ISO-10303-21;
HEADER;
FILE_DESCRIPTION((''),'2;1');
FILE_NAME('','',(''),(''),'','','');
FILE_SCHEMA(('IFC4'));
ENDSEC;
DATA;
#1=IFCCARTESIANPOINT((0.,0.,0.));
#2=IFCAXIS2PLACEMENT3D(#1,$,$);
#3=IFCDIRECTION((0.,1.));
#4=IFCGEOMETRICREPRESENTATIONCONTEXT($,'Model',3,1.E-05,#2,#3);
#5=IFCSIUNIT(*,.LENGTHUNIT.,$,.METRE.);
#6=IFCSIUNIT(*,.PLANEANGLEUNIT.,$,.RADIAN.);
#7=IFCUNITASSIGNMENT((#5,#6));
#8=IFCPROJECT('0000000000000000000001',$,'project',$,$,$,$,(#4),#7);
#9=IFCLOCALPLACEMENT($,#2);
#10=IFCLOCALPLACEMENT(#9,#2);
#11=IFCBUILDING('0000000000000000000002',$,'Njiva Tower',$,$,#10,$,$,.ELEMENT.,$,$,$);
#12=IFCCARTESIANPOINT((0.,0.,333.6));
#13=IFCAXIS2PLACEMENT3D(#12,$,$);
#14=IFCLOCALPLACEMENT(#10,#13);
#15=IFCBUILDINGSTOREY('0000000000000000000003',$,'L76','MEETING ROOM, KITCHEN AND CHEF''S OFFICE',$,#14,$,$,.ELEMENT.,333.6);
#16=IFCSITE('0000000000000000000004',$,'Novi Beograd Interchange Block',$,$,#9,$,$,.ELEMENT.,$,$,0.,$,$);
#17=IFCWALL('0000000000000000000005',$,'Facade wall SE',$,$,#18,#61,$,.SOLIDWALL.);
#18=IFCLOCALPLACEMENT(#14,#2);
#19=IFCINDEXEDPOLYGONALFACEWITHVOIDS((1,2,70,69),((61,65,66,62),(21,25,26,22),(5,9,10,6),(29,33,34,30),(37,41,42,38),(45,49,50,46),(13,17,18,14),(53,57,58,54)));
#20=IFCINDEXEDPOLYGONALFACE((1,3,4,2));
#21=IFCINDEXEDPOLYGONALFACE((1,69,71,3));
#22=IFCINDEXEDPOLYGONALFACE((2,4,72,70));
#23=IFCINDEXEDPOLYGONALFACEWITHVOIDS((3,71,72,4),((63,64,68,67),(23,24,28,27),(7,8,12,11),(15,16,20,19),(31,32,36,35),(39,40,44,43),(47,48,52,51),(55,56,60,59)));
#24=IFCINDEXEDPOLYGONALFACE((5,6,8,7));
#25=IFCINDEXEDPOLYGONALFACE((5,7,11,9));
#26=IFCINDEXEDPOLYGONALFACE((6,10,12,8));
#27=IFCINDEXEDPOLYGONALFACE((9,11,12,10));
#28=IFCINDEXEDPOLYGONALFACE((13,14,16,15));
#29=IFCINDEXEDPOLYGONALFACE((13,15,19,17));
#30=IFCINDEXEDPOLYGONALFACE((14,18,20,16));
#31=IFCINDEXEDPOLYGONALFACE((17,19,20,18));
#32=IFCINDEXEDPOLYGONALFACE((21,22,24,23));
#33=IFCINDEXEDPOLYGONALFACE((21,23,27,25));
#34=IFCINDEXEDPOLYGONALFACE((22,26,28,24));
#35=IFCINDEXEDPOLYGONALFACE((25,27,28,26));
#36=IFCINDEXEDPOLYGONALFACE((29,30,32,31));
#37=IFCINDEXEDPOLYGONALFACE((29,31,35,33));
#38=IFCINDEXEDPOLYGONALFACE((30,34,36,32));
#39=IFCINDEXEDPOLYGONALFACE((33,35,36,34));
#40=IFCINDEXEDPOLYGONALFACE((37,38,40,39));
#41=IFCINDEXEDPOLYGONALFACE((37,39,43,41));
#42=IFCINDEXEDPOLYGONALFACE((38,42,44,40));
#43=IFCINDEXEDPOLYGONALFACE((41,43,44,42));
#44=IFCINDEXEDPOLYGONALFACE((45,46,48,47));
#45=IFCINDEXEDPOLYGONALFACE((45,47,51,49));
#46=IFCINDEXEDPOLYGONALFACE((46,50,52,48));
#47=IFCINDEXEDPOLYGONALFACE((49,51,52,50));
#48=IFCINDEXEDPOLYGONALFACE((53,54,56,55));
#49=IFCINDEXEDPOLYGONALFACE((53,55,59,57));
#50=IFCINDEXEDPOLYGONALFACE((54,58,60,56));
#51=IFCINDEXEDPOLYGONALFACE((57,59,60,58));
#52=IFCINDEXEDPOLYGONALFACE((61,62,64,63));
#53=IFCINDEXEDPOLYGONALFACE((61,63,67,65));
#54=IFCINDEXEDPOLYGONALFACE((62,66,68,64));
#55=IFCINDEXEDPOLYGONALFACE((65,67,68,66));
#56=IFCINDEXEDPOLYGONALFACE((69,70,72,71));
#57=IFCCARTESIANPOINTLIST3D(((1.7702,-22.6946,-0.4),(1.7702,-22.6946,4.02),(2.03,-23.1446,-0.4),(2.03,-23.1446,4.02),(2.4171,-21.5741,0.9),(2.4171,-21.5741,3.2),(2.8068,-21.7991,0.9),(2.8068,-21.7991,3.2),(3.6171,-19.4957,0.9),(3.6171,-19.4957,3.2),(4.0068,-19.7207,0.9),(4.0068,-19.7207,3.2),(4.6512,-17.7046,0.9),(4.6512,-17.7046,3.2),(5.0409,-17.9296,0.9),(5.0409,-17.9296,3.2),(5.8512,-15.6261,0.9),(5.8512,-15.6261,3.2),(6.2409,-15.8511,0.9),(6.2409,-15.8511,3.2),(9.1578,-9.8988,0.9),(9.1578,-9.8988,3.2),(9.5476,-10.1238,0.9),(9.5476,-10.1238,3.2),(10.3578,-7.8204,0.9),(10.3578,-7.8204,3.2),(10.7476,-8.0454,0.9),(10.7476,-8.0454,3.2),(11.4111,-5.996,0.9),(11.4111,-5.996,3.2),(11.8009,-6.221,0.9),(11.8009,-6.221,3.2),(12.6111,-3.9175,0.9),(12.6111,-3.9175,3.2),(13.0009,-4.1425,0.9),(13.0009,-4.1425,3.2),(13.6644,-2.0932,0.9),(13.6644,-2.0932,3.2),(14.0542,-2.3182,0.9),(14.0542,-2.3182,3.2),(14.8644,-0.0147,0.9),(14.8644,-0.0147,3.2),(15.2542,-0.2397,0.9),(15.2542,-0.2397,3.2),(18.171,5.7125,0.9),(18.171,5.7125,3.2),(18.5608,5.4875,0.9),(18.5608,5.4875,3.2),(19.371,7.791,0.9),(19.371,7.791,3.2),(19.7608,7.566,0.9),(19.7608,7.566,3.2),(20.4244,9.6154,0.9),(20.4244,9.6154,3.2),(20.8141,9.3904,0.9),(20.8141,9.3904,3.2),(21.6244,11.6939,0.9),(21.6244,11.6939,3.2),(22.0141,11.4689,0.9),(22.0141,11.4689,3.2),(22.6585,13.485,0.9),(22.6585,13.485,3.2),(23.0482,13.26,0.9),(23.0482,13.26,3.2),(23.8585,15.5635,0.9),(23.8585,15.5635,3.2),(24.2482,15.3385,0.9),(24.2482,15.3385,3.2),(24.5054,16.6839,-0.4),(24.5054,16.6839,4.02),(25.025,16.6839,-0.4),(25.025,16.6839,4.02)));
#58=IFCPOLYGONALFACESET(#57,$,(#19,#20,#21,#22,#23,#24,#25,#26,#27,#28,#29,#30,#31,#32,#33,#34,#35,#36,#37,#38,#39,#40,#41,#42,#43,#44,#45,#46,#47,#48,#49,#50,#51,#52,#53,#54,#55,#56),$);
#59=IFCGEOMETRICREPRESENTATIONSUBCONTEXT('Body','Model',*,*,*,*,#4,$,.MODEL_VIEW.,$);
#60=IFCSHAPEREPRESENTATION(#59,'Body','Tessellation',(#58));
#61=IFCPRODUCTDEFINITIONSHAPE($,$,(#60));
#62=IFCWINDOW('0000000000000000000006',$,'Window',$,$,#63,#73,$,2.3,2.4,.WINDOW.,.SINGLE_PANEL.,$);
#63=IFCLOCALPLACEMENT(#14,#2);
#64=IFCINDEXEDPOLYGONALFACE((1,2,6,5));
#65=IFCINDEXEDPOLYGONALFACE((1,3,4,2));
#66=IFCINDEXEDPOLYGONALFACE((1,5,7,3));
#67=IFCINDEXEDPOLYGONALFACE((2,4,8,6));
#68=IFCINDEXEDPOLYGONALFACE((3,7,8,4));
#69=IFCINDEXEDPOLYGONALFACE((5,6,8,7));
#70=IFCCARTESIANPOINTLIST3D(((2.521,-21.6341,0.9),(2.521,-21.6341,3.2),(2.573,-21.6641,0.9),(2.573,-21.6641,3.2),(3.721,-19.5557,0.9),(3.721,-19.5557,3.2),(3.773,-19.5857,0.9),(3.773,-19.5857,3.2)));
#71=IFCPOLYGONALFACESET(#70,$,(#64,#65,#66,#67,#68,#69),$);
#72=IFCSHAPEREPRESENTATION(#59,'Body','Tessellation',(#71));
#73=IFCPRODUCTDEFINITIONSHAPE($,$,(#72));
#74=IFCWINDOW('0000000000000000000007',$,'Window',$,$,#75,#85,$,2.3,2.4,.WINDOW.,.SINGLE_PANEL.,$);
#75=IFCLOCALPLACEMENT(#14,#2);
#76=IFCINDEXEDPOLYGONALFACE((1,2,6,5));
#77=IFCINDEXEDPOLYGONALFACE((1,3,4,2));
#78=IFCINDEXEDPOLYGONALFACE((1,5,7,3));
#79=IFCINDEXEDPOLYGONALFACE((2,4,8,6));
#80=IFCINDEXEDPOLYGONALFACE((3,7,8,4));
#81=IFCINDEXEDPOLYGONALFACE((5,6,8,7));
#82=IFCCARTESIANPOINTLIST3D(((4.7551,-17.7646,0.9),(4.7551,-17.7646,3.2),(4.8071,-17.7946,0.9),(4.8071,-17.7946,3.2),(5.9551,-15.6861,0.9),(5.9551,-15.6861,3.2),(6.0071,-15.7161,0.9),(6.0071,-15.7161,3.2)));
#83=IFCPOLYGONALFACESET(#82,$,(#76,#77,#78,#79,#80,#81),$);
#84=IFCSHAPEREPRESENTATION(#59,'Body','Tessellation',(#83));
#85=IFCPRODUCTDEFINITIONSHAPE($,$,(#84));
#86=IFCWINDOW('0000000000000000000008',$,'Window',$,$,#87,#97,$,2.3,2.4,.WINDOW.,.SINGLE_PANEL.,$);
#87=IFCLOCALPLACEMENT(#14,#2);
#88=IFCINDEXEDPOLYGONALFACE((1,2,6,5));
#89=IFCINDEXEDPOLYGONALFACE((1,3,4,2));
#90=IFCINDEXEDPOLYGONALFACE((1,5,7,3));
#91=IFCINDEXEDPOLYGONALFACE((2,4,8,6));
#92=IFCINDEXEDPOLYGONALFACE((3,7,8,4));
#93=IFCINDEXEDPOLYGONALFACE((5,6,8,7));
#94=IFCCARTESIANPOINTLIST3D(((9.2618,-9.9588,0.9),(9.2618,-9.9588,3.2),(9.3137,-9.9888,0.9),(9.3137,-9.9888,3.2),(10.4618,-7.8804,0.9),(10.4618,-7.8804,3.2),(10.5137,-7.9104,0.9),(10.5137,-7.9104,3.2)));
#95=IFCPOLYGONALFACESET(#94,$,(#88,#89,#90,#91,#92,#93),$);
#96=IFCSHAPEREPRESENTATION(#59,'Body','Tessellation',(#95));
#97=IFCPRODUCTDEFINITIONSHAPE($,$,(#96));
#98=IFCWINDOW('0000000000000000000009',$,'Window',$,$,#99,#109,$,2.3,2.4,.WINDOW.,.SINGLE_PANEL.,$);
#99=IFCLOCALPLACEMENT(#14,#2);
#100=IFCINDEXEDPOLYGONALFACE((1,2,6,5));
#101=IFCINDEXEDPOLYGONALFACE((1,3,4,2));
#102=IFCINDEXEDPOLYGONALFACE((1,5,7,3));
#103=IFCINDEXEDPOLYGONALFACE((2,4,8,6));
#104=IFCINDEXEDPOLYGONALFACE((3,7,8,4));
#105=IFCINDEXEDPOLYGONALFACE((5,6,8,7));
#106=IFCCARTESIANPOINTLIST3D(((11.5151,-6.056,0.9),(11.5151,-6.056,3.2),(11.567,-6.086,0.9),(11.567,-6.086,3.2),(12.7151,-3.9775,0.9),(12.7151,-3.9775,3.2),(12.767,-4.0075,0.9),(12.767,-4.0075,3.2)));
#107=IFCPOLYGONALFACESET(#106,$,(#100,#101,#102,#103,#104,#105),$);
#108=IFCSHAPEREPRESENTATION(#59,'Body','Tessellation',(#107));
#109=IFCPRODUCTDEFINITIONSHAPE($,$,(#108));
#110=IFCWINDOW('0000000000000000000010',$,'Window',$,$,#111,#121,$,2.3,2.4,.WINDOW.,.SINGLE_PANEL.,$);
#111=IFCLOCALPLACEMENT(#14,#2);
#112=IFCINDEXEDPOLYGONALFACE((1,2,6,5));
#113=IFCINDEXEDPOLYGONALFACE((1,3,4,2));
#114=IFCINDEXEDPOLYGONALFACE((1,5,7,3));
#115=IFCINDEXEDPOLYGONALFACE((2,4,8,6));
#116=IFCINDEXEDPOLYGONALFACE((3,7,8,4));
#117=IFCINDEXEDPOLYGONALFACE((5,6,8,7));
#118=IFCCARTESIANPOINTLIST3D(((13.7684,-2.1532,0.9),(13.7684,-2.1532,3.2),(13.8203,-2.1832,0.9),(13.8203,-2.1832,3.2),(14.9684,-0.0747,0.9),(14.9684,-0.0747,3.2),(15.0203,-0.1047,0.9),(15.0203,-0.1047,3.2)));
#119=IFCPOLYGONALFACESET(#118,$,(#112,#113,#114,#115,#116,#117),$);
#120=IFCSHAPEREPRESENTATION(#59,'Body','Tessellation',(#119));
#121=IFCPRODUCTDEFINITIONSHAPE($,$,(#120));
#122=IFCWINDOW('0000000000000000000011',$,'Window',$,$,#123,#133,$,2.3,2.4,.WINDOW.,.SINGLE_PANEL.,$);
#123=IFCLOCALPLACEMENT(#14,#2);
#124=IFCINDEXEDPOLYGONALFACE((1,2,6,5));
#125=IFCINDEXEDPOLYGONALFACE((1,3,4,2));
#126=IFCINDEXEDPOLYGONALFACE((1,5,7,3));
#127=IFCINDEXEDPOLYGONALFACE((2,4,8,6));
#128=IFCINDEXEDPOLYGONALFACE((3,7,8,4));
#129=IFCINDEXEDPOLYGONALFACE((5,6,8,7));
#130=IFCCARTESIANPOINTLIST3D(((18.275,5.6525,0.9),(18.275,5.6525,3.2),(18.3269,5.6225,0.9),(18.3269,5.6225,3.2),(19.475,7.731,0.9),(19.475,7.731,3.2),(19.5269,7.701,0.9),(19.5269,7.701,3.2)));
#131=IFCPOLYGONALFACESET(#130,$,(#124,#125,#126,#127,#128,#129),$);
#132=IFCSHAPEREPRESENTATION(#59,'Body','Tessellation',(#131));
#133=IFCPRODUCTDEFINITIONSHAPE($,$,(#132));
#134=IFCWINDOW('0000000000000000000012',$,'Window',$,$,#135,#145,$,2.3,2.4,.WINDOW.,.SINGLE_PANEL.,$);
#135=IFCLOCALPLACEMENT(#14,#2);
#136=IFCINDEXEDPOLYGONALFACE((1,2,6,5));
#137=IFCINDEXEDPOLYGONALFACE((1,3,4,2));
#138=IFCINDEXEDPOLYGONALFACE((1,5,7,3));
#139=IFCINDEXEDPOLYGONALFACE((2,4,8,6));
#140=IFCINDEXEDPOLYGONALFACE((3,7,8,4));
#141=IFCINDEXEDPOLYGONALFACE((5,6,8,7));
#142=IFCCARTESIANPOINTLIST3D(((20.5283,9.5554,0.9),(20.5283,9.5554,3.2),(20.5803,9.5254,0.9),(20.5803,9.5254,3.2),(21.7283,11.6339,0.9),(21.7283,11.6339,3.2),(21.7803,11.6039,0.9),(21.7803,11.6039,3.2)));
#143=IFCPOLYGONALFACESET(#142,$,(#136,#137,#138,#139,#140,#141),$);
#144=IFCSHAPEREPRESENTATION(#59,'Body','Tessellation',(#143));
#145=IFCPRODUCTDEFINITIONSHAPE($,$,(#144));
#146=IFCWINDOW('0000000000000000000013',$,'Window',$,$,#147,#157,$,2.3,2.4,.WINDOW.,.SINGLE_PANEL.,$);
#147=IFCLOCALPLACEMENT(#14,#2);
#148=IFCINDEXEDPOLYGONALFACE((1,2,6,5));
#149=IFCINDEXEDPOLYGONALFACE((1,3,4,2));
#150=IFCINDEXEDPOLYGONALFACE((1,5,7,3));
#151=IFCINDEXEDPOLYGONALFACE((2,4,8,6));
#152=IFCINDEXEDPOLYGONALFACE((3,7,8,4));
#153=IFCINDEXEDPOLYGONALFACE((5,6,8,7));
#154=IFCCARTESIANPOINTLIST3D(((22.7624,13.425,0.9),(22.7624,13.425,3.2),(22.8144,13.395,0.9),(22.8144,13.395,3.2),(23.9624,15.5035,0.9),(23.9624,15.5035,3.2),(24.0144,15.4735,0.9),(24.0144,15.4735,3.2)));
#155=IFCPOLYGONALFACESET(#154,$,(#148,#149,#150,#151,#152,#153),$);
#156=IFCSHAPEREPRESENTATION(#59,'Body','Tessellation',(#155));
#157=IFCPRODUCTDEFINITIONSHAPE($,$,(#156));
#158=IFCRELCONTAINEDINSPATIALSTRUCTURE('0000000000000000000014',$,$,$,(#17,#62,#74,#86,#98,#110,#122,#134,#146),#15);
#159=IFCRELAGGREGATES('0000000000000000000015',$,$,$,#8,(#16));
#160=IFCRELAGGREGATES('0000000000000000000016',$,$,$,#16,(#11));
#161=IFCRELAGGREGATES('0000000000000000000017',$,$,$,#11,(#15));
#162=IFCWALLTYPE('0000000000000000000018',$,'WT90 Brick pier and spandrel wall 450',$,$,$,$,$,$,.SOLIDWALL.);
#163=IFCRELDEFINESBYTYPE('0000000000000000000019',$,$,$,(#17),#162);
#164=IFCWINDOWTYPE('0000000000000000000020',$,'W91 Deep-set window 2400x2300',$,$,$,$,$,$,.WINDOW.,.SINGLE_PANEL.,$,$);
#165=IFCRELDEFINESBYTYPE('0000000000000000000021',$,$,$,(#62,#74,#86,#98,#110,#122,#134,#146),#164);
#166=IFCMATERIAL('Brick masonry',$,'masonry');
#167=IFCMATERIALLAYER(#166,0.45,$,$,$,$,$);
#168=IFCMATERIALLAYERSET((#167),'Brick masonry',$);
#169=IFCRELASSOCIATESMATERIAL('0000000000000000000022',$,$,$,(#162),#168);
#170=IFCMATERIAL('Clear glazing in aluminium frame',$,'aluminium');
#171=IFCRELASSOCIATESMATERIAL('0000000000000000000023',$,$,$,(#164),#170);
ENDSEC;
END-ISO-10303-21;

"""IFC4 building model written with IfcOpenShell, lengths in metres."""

from ifc_helpers import new_model, si_unit, direction, frame, frame_2d, origin, place, context, subcontext, project, spatial, polyline, rectangle, outline, extrude, material, layer, layer_set, type_object, element, fill, save


model = new_model("IFC4")

# Units and contexts
model_context = context("Model", 3, precision=1e-05, world=origin(), true_north=direction((0.0, 1.0)))
body_context = subcontext(model_context, "Body", "Model", "MODEL_VIEW")
ifc_project = project(units=[si_unit("LENGTHUNIT", "METRE"), si_unit("PLANEANGLEUNIT", "RADIAN")], contexts=[model_context])

# Site, building, storey
site_placement = place(None, origin())
site = spatial("IfcSite", under=ifc_project, at=site_placement, Name="Novi Beograd Interchange Block", CompositionType="ELEMENT", RefElevation=0.0)
building_placement = place(site_placement, origin())
building = spatial("IfcBuilding", under=site, at=building_placement, Name="Njiva Tower", CompositionType="ELEMENT")
storey_placement = place(building_placement, frame((0.0, 0.0, 333.6)))
storey = spatial("IfcBuildingStorey", under=building, at=storey_placement, Name="L76", Description="MEETING ROOM, KITCHEN AND CHEF'S OFFICE", CompositionType="ELEMENT", Elevation=333.6)

# Wall, openings, windows
ifc_material_1 = material(Name="Brick masonry", Category="masonry")
ifc_layer_1 = layer(ifc_material_1, 0.45)
ifc_layer_set_1 = layer_set([ifc_layer_1], Name="Brick masonry")
wall_type_1 = type_object("IfcWallType", Name="WT90 Brick pier and spandrel wall 450", PredefinedType="SOLIDWALL", material=ifc_layer_set_1)
wall_1_placement = place(storey_placement, frame((1.9001, -22.9196, -0.4), z_axis=(0.0, 0.0, 1.0), x_axis=(0.5, 0.866025, 0.0)))
wall_1 = element("IfcWall", 1, at=wall_1_placement, inside=storey, type_object=wall_type_1, Name="Facade wall SE", PredefinedType="SOLIDWALL", context=body_context, shape_type="SweptSolid", body=[
    extrude(outline(polyline([(-0.1299, -0.225), (45.8601, -0.225), (45.6003, 0.225), (0.1299, 0.225), (-0.1299, -0.225)])), origin(), (0.0, 0.0, 1.0), 4.42),
])
opening_1_placement = place(wall_1_placement, frame((1.4237, 0.0, 1.3)))
opening_1 = element("IfcOpeningElement", 2, at=opening_1_placement, cuts=wall_1, PredefinedType="OPENING", context=body_context, shape_type="SweptSolid", body=[
    extrude(rectangle(XDim=2.4, YDim=2.3, at=frame_2d((1.2, 1.15))), frame((0.0, 0.235, 0.0), z_axis=(0.0, -1.0, 0.0), x_axis=(1.0, 0.0, 0.0)), (0.0, 0.0, 1.0), 0.47),
])
opening_2_placement = place(wall_1_placement, frame((5.8919, 0.0, 1.3)))
opening_2 = element("IfcOpeningElement", 3, at=opening_2_placement, cuts=wall_1, PredefinedType="OPENING", context=body_context, shape_type="SweptSolid", body=[
    extrude(rectangle(XDim=2.4, YDim=2.3, at=frame_2d((1.2, 1.15))), frame((0.0, 0.235, 0.0), z_axis=(0.0, -1.0, 0.0), x_axis=(1.0, 0.0, 0.0)), (0.0, 0.0, 1.0), 0.47),
])
opening_3_placement = place(wall_1_placement, frame((14.9052, 0.0, 1.3)))
opening_3 = element("IfcOpeningElement", 4, at=opening_3_placement, cuts=wall_1, PredefinedType="OPENING", context=body_context, shape_type="SweptSolid", body=[
    extrude(rectangle(XDim=2.4, YDim=2.3, at=frame_2d((1.2, 1.15))), frame((0.0, 0.235, 0.0), z_axis=(0.0, -1.0, 0.0), x_axis=(1.0, 0.0, 0.0)), (0.0, 0.0, 1.0), 0.47),
])
opening_4_placement = place(wall_1_placement, frame((19.4118, 0.0, 1.3)))
opening_4 = element("IfcOpeningElement", 5, at=opening_4_placement, cuts=wall_1, PredefinedType="OPENING", context=body_context, shape_type="SweptSolid", body=[
    extrude(rectangle(XDim=2.4, YDim=2.3, at=frame_2d((1.2, 1.15))), frame((0.0, 0.235, 0.0), z_axis=(0.0, -1.0, 0.0), x_axis=(1.0, 0.0, 0.0)), (0.0, 0.0, 1.0), 0.47),
])
opening_5_placement = place(wall_1_placement, frame((23.9184, 0.0, 1.3)))
opening_5 = element("IfcOpeningElement", 6, at=opening_5_placement, cuts=wall_1, PredefinedType="OPENING", context=body_context, shape_type="SweptSolid", body=[
    extrude(rectangle(XDim=2.4, YDim=2.3, at=frame_2d((1.2, 1.15))), frame((0.0, 0.235, 0.0), z_axis=(0.0, -1.0, 0.0), x_axis=(1.0, 0.0, 0.0)), (0.0, 0.0, 1.0), 0.47),
])
opening_6_placement = place(wall_1_placement, frame((32.9316, 0.0, 1.3)))
opening_6 = element("IfcOpeningElement", 7, at=opening_6_placement, cuts=wall_1, PredefinedType="OPENING", context=body_context, shape_type="SweptSolid", body=[
    extrude(rectangle(XDim=2.4, YDim=2.3, at=frame_2d((1.2, 1.15))), frame((0.0, 0.235, 0.0), z_axis=(0.0, -1.0, 0.0), x_axis=(1.0, 0.0, 0.0)), (0.0, 0.0, 1.0), 0.47),
])
opening_7_placement = place(wall_1_placement, frame((37.4383, 0.0, 1.3)))
opening_7 = element("IfcOpeningElement", 8, at=opening_7_placement, cuts=wall_1, PredefinedType="OPENING", context=body_context, shape_type="SweptSolid", body=[
    extrude(rectangle(XDim=2.4, YDim=2.3, at=frame_2d((1.2, 1.15))), frame((0.0, 0.235, 0.0), z_axis=(0.0, -1.0, 0.0), x_axis=(1.0, 0.0, 0.0)), (0.0, 0.0, 1.0), 0.47),
])
opening_8_placement = place(wall_1_placement, frame((41.9065, 0.0, 1.3)))
opening_8 = element("IfcOpeningElement", 9, at=opening_8_placement, cuts=wall_1, PredefinedType="OPENING", context=body_context, shape_type="SweptSolid", body=[
    extrude(rectangle(XDim=2.4, YDim=2.3, at=frame_2d((1.2, 1.15))), frame((0.0, 0.235, 0.0), z_axis=(0.0, -1.0, 0.0), x_axis=(1.0, 0.0, 0.0)), (0.0, 0.0, 1.0), 0.47),
])
ifc_material_2 = material(Name="Clear glazing in aluminium frame", Category="aluminium")
window_type = type_object("IfcWindowType", Name="W91 Deep-set window 2400x2300", PartitioningType="SINGLE_PANEL", PredefinedType="WINDOW", material=ifc_material_2)
window_1_placement = place(opening_1_placement, origin())
window_1 = element("IfcWindow", 10, at=window_1_placement, inside=storey, type_object=window_type, Name="Window", OverallHeight=2.3, OverallWidth=2.4, PartitioningType="SINGLE_PANEL", PredefinedType="WINDOW", context=body_context, shape_type="SweptSolid", body=[
    extrude(rectangle(XDim=2.4, YDim=2.3, at=frame_2d((1.2, 1.15))), frame((0.0, 0.105, 0.0), z_axis=(0.0, -1.0, 0.0), x_axis=(1.0, 0.0, 0.0)), (0.0, 0.0, 1.0), 0.06),
])
fill(opening_1, window_1)
window_2_placement = place(opening_2_placement, origin())
window_2 = element("IfcWindow", 11, at=window_2_placement, inside=storey, type_object=window_type, Name="Window", OverallHeight=2.3, OverallWidth=2.4, PartitioningType="SINGLE_PANEL", PredefinedType="WINDOW", context=body_context, shape_type="SweptSolid", body=[
    extrude(rectangle(XDim=2.4, YDim=2.3, at=frame_2d((1.2, 1.15))), frame((0.0, 0.105, 0.0), z_axis=(0.0, -1.0, 0.0), x_axis=(1.0, 0.0, 0.0)), (0.0, 0.0, 1.0), 0.06),
])
fill(opening_2, window_2)
window_3_placement = place(opening_3_placement, origin())
window_3 = element("IfcWindow", 12, at=window_3_placement, inside=storey, type_object=window_type, Name="Window", OverallHeight=2.3, OverallWidth=2.4, PartitioningType="SINGLE_PANEL", PredefinedType="WINDOW", context=body_context, shape_type="SweptSolid", body=[
    extrude(rectangle(XDim=2.4, YDim=2.3, at=frame_2d((1.2, 1.15))), frame((0.0, 0.105, 0.0), z_axis=(0.0, -1.0, 0.0), x_axis=(1.0, 0.0, 0.0)), (0.0, 0.0, 1.0), 0.06),
])
fill(opening_3, window_3)
window_4_placement = place(opening_4_placement, origin())
window_4 = element("IfcWindow", 13, at=window_4_placement, inside=storey, type_object=window_type, Name="Window", OverallHeight=2.3, OverallWidth=2.4, PartitioningType="SINGLE_PANEL", PredefinedType="WINDOW", context=body_context, shape_type="SweptSolid", body=[
    extrude(rectangle(XDim=2.4, YDim=2.3, at=frame_2d((1.2, 1.15))), frame((0.0, 0.105, 0.0), z_axis=(0.0, -1.0, 0.0), x_axis=(1.0, 0.0, 0.0)), (0.0, 0.0, 1.0), 0.06),
])
fill(opening_4, window_4)
window_5_placement = place(opening_5_placement, origin())
window_5 = element("IfcWindow", 14, at=window_5_placement, inside=storey, type_object=window_type, Name="Window", OverallHeight=2.3, OverallWidth=2.4, PartitioningType="SINGLE_PANEL", PredefinedType="WINDOW", context=body_context, shape_type="SweptSolid", body=[
    extrude(rectangle(XDim=2.4, YDim=2.3, at=frame_2d((1.2, 1.15))), frame((0.0, 0.105, 0.0), z_axis=(0.0, -1.0, 0.0), x_axis=(1.0, 0.0, 0.0)), (0.0, 0.0, 1.0), 0.06),
])
fill(opening_5, window_5)
window_6_placement = place(opening_6_placement, origin())
window_6 = element("IfcWindow", 15, at=window_6_placement, inside=storey, type_object=window_type, Name="Window", OverallHeight=2.3, OverallWidth=2.4, PartitioningType="SINGLE_PANEL", PredefinedType="WINDOW", context=body_context, shape_type="SweptSolid", body=[
    extrude(rectangle(XDim=2.4, YDim=2.3, at=frame_2d((1.2, 1.15))), frame((0.0, 0.105, 0.0), z_axis=(0.0, -1.0, 0.0), x_axis=(1.0, 0.0, 0.0)), (0.0, 0.0, 1.0), 0.06),
])
fill(opening_6, window_6)
window_7_placement = place(opening_7_placement, origin())
window_7 = element("IfcWindow", 16, at=window_7_placement, inside=storey, type_object=window_type, Name="Window", OverallHeight=2.3, OverallWidth=2.4, PartitioningType="SINGLE_PANEL", PredefinedType="WINDOW", context=body_context, shape_type="SweptSolid", body=[
    extrude(rectangle(XDim=2.4, YDim=2.3, at=frame_2d((1.2, 1.15))), frame((0.0, 0.105, 0.0), z_axis=(0.0, -1.0, 0.0), x_axis=(1.0, 0.0, 0.0)), (0.0, 0.0, 1.0), 0.06),
])
fill(opening_7, window_7)
window_8_placement = place(opening_8_placement, origin())
window_8 = element("IfcWindow", 17, at=window_8_placement, inside=storey, type_object=window_type, Name="Window", OverallHeight=2.3, OverallWidth=2.4, PartitioningType="SINGLE_PANEL", PredefinedType="WINDOW", context=body_context, shape_type="SweptSolid", body=[
    extrude(rectangle(XDim=2.4, YDim=2.3, at=frame_2d((1.2, 1.15))), frame((0.0, 0.105, 0.0), z_axis=(0.0, -1.0, 0.0), x_axis=(1.0, 0.0, 0.0)), (0.0, 0.0, 1.0), 0.06),
])
fill(opening_8, window_8)

save(model, "model.ifc")
